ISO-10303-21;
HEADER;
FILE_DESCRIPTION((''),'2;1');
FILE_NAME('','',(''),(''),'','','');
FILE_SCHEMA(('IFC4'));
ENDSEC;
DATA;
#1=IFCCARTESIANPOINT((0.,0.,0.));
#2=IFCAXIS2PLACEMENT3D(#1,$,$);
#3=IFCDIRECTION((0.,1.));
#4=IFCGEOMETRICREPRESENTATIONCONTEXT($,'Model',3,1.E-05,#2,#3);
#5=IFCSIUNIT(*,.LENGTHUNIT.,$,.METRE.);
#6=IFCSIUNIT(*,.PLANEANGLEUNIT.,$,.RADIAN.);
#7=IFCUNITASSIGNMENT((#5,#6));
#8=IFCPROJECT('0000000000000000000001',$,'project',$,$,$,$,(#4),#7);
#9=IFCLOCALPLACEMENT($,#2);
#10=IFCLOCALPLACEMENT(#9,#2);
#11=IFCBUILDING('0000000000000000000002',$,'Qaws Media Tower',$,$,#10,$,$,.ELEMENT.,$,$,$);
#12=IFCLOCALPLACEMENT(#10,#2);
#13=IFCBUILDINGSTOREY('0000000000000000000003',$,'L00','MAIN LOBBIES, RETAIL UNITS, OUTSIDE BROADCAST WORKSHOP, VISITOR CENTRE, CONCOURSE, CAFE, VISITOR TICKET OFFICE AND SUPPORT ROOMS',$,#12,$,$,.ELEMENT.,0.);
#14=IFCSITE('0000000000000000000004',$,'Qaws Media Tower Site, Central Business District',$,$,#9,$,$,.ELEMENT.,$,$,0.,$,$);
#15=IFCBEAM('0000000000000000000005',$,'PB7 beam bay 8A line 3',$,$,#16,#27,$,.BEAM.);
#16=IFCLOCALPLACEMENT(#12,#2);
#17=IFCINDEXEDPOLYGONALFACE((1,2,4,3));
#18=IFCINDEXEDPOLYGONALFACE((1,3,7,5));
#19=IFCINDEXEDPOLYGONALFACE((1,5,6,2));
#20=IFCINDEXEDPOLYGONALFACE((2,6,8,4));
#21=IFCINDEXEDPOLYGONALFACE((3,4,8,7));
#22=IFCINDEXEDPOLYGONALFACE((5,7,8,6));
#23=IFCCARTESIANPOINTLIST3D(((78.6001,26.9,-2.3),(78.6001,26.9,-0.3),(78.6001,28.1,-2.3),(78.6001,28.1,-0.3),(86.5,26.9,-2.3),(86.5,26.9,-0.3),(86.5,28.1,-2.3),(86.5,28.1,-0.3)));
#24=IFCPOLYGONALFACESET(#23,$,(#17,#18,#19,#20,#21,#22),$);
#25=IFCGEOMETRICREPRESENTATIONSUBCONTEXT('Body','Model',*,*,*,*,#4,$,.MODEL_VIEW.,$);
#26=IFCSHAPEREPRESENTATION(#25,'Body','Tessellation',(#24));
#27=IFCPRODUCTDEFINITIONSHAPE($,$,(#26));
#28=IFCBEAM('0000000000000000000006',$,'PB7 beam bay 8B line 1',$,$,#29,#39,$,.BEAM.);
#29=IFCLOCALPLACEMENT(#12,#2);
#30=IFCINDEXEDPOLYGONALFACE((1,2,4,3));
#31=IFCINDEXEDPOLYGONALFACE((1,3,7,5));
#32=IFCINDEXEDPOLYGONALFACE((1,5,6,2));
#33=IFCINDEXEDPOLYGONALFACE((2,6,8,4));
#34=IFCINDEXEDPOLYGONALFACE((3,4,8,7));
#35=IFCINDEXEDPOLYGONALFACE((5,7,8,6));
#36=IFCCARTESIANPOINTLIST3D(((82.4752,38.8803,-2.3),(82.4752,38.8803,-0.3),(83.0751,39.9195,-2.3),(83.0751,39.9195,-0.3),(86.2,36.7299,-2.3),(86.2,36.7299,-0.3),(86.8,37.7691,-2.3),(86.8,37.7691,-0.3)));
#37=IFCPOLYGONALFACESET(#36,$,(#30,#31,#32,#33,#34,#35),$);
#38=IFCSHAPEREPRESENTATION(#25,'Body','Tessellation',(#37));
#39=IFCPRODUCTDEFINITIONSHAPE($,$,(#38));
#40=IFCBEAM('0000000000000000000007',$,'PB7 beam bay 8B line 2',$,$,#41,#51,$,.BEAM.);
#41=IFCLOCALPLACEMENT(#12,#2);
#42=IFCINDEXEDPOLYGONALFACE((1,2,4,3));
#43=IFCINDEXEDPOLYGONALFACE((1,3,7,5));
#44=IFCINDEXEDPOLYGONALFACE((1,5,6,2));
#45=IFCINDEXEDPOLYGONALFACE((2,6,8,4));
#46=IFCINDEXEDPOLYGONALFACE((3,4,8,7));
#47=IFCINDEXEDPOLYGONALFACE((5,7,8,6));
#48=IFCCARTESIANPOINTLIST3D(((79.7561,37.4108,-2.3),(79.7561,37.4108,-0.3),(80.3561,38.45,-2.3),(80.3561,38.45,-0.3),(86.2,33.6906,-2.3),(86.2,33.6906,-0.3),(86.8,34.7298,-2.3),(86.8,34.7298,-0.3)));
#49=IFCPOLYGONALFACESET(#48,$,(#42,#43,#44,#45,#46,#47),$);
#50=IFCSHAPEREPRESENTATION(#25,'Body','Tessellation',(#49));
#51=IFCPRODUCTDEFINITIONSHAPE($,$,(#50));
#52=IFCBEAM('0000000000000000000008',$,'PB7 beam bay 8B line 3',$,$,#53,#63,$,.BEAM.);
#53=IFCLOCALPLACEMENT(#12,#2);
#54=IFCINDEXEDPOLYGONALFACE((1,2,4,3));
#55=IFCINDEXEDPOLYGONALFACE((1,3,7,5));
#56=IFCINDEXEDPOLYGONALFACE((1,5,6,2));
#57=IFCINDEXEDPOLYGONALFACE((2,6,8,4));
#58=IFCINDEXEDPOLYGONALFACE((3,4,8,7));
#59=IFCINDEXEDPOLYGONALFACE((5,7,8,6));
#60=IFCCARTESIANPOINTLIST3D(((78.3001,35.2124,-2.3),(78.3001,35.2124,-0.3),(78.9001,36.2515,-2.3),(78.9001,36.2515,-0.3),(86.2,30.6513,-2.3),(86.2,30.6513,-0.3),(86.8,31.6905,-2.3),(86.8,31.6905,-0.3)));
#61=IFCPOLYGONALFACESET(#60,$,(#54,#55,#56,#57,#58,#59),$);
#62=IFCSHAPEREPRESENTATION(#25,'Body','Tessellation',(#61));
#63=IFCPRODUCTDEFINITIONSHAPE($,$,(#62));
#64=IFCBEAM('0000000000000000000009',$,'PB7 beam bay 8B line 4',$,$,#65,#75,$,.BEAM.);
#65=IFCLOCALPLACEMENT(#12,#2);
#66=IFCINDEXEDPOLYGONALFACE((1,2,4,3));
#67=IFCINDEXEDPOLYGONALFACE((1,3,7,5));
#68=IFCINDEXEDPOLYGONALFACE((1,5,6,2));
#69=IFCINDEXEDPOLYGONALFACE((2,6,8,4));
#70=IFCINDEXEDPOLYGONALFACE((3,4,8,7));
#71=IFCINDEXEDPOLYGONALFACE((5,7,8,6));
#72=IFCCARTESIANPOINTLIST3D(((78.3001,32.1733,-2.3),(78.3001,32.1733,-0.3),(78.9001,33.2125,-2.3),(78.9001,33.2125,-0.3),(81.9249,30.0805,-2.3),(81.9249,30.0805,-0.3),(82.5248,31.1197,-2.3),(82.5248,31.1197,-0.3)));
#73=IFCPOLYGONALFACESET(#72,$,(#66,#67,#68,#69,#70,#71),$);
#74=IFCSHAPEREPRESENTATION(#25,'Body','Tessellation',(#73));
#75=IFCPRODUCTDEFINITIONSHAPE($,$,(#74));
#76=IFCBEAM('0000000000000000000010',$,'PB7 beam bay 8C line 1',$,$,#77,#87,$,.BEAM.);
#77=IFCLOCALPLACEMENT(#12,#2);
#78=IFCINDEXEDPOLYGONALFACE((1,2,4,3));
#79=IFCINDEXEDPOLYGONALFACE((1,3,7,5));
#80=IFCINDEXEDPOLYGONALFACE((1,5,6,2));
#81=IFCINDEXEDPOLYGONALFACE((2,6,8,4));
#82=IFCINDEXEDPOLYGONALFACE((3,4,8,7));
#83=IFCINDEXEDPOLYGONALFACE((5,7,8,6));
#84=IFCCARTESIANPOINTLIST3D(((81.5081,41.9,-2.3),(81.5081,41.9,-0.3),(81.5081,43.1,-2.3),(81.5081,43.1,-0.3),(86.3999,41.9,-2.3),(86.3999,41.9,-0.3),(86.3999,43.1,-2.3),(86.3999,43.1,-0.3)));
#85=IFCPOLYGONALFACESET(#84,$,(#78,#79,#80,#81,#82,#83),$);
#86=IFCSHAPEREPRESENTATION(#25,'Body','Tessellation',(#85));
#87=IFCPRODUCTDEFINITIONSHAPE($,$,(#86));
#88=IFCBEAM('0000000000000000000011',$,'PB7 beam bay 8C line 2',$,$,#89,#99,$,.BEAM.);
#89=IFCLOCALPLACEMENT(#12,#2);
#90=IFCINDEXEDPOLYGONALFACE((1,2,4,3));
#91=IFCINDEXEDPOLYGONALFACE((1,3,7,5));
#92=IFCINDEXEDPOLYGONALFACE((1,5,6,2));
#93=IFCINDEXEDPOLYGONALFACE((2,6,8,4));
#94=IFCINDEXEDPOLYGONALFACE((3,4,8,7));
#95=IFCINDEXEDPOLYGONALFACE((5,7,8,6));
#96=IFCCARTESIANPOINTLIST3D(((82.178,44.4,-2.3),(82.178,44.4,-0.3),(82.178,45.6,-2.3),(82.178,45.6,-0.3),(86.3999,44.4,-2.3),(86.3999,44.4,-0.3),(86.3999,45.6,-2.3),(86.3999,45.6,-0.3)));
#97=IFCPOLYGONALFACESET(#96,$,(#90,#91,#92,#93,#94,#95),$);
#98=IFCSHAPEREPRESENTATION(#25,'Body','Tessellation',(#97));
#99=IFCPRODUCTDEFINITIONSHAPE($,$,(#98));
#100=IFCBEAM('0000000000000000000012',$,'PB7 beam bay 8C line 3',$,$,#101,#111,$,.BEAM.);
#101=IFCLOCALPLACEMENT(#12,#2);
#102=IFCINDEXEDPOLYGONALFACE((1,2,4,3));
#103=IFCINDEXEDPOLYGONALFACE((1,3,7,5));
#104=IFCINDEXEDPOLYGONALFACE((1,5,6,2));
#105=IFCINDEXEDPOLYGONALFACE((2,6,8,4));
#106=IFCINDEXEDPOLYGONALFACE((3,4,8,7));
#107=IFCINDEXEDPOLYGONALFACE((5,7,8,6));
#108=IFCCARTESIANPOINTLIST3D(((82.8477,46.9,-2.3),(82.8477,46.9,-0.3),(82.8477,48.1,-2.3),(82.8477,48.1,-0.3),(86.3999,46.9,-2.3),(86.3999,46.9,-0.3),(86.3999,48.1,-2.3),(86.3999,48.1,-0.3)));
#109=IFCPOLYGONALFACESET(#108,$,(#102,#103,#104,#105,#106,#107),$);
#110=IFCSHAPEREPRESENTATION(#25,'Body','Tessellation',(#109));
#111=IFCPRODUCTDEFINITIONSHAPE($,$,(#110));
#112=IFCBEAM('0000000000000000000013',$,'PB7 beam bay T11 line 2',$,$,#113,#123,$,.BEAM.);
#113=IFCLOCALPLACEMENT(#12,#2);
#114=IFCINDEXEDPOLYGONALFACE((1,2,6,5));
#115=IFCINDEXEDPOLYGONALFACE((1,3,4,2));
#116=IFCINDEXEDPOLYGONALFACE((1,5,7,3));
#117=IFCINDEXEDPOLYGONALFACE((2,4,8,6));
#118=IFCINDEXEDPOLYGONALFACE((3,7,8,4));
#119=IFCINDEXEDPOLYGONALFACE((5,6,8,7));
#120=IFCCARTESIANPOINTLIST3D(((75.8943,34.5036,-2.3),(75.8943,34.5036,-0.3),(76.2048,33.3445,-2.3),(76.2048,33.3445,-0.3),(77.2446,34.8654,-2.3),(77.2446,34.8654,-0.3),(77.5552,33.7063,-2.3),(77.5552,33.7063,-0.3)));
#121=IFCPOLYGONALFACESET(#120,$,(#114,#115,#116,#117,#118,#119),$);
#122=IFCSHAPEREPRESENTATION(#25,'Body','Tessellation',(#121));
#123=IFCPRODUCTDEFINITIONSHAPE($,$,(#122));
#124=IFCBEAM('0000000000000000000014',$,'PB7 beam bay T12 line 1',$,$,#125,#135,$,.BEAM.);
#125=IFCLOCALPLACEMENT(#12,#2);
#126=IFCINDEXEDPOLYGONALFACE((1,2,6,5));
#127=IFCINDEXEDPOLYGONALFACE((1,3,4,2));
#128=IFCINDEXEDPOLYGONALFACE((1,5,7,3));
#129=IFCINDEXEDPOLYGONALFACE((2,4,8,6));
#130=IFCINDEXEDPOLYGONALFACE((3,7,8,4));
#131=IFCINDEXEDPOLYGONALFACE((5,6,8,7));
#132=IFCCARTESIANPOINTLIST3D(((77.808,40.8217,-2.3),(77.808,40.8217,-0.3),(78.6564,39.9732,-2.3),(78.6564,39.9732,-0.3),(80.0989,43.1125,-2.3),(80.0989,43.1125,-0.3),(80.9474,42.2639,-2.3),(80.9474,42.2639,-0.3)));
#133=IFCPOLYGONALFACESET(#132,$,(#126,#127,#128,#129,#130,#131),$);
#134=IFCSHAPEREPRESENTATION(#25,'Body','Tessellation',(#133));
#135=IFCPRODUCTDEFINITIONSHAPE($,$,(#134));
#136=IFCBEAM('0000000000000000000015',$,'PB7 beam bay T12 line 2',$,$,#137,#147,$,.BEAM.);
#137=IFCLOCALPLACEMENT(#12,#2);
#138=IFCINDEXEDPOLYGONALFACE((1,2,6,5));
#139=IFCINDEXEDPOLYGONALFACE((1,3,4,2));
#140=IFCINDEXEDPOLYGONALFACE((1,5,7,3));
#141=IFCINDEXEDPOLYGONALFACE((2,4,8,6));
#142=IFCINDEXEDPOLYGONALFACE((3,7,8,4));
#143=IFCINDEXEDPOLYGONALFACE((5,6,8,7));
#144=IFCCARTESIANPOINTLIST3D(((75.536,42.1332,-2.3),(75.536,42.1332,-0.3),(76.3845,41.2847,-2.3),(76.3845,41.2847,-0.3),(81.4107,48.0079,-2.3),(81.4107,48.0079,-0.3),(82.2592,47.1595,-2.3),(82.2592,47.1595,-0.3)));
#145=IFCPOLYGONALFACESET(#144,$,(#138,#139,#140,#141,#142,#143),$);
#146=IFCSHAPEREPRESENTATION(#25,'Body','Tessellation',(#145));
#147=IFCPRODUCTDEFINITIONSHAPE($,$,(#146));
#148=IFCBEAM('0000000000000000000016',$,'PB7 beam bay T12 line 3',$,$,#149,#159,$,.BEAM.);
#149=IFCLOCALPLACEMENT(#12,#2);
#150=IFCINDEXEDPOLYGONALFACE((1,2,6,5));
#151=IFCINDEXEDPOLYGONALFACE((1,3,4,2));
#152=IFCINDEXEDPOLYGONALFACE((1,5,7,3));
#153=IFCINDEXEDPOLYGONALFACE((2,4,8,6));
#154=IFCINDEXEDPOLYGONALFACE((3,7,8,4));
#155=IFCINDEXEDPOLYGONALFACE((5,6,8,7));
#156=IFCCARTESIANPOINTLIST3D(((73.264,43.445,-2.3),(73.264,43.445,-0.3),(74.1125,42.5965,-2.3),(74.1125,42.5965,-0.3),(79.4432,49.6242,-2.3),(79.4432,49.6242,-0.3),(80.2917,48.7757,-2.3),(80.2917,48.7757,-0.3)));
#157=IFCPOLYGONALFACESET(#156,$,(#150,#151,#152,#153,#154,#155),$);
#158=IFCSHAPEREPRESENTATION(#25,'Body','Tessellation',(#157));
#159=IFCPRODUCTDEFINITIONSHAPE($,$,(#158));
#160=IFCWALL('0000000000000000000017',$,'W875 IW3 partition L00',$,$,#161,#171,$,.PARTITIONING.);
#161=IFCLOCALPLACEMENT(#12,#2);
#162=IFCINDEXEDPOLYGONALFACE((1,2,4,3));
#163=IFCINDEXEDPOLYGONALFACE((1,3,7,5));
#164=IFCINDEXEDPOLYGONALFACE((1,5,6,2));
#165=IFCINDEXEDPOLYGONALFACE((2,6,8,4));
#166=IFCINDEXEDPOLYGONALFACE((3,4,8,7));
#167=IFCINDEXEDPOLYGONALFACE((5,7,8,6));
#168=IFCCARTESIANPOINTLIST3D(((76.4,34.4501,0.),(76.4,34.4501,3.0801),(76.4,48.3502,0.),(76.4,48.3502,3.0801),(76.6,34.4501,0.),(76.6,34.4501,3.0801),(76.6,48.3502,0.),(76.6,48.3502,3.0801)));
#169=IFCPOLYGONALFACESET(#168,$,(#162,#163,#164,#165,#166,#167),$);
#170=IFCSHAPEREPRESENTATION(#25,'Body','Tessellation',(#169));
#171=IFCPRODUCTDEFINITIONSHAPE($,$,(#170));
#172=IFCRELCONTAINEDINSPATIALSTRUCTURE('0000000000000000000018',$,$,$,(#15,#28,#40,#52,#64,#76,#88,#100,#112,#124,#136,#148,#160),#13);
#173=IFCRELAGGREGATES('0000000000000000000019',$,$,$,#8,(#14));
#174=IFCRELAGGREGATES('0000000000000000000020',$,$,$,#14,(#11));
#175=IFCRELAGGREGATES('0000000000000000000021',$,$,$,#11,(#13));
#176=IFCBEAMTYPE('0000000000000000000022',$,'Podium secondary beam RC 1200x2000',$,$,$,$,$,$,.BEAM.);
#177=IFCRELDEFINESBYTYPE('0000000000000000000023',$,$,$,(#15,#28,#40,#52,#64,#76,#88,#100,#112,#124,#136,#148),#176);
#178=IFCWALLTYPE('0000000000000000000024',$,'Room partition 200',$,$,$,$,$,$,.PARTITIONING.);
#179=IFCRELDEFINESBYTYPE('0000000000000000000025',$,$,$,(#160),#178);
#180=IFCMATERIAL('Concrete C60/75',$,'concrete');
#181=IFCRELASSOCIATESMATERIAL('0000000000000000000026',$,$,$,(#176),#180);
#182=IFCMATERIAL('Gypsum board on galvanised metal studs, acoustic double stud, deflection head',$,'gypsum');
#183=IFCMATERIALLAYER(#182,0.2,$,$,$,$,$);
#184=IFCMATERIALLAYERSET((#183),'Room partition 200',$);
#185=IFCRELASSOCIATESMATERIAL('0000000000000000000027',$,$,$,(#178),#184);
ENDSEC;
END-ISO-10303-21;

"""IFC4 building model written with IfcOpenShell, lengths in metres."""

from ifc_helpers import new_model, si_unit, direction, frame, frame_2d, origin, origin_2d, place, context, subcontext, project, spatial, rectangle, extrude, material, layer, layer_set, material_profile, profile_set, type_object, element, save


model = new_model("IFC4")

# Units and contexts
model_context = context("Model", 3, precision=1e-05, world=origin(), true_north=direction((0.0, 1.0)))
body_context = subcontext(model_context, "Body", "Model", "MODEL_VIEW")
ifc_project = project(units=[si_unit("LENGTHUNIT", "METRE"), si_unit("PLANEANGLEUNIT", "RADIAN")], contexts=[model_context])

# Site, building, storey
site_placement = place(None, origin())
site = spatial("IfcSite", under=ifc_project, at=site_placement, Name="Qaws Media Tower Site, Central Business District", CompositionType="ELEMENT", RefElevation=0.0)
building_placement = place(site_placement, origin())
building = spatial("IfcBuilding", under=site, at=building_placement, Name="Qaws Media Tower", CompositionType="ELEMENT")
storey_placement = place(building_placement, origin())
storey = spatial("IfcBuildingStorey", under=building, at=storey_placement, Name="L00", Description="MAIN LOBBIES, RETAIL UNITS, OUTSIDE BROADCAST WORKSHOP, VISITOR CENTRE, CONCOURSE, CAFE, VISITOR TICKET OFFICE AND SUPPORT ROOMS", CompositionType="ELEMENT", Elevation=0.0)

# Beams
ifc_material_1 = material(Name="Concrete C60/75", Category="concrete")
ifc_material_profile_1 = material_profile(ifc_material_1, rectangle(XDim=1.2, YDim=2.0, at=origin_2d()), Name="RC 1200x2000")
ifc_profile_set_1 = profile_set([ifc_material_profile_1], Name="Concrete C60/75")
beam_type_1 = type_object("IfcBeamType", Name="Podium secondary beam RC 1200x2000", PredefinedType="BEAM", material=ifc_profile_set_1)
for number, where, z_axis, x_axis, name in (
    (1, (78.6001, 27.5, -1.3), (1.0, 0.0, 0.0), (0.0, 1.0, 0.0), "PB7 beam bay 8A line 3"),
):
    element("IfcBeam", number, at=place(storey_placement, frame(where, z_axis=z_axis, x_axis=x_axis)), inside=storey, type_object=beam_type_1, Name=name, PredefinedType="BEAM", context=body_context, shape_type="SweptSolid", body=[
        extrude(rectangle(XDim=1.2, YDim=2.0, at=origin_2d()), origin(), (0.0, 0.0, 1.0), 7.8999),
    ])
beam_1_placement = place(storey_placement, frame((86.5, 37.2495, -1.3), z_axis=(-0.866041, 0.499973, 0.0), x_axis=(-0.499973, -0.866041, 0.0)))
element("IfcBeam", 2, at=beam_1_placement, inside=storey, type_object=beam_type_1, Name="PB7 beam bay 8B line 1", PredefinedType="BEAM", context=body_context, shape_type="SweptSolid", body=[
    extrude(rectangle(XDim=1.2, YDim=2.0, at=origin_2d()), origin(), (0.0, 0.0, 1.0), 4.301),
])
beam_2_placement = place(storey_placement, frame((86.5, 34.2102, -1.3), z_axis=(-0.866034, 0.499986, 0.0), x_axis=(-0.499986, -0.866034, 0.0)))
element("IfcBeam", 3, at=beam_2_placement, inside=storey, type_object=beam_type_1, Name="PB7 beam bay 8B line 2", PredefinedType="BEAM", context=body_context, shape_type="SweptSolid", body=[
    extrude(rectangle(XDim=1.2, YDim=2.0, at=origin_2d()), origin(), (0.0, 0.0, 1.0), 7.4407),
])
beam_3_placement = place(storey_placement, frame((86.5, 31.1709, -1.3), z_axis=(-0.866024, 0.500002, 0.0), x_axis=(-0.500002, -0.866024, 0.0)))
element("IfcBeam", 4, at=beam_3_placement, inside=storey, type_object=beam_type_1, Name="PB7 beam bay 8B line 3", PredefinedType="BEAM", context=body_context, shape_type="SweptSolid", body=[
    extrude(rectangle(XDim=1.2, YDim=2.0, at=origin_2d()), origin(), (0.0, 0.0, 1.0), 9.1221),
])
beam_4_placement = place(storey_placement, frame((82.2249, 30.6001, -1.3), z_axis=(-0.866023, 0.500004, 0.0), x_axis=(-0.500004, -0.866023, 0.0)))
element("IfcBeam", 5, at=beam_4_placement, inside=storey, type_object=beam_type_1, Name="PB7 beam bay 8B line 4", PredefinedType="BEAM", context=body_context, shape_type="SweptSolid", body=[
    extrude(rectangle(XDim=1.2, YDim=2.0, at=origin_2d()), origin(), (0.0, 0.0, 1.0), 4.1855),
])
beam_5_placement = place(storey_placement, frame((81.5081, 42.5, -1.3), z_axis=(1.0, 0.0, 0.0), x_axis=(0.0, 1.0, 0.0)))
element("IfcBeam", 6, at=beam_5_placement, inside=storey, type_object=beam_type_1, Name="PB7 beam bay 8C line 1", PredefinedType="BEAM", context=body_context, shape_type="SweptSolid", body=[
    extrude(rectangle(XDim=1.2, YDim=2.0, at=origin_2d()), origin(), (0.0, 0.0, 1.0), 4.8918),
])
beam_6_placement = place(storey_placement, frame((82.178, 45.0, -1.3), z_axis=(1.0, 0.0, 0.0), x_axis=(0.0, 1.0, 0.0)))
element("IfcBeam", 7, at=beam_6_placement, inside=storey, type_object=beam_type_1, Name="PB7 beam bay 8C line 2", PredefinedType="BEAM", context=body_context, shape_type="SweptSolid", body=[
    extrude(rectangle(XDim=1.2, YDim=2.0, at=origin_2d()), origin(), (0.0, 0.0, 1.0), 4.2219),
])
beam_7_placement = place(storey_placement, frame((82.8477, 47.5, -1.3), z_axis=(1.0, 0.0, 0.0), x_axis=(0.0, 1.0, 0.0)))
element("IfcBeam", 8, at=beam_7_placement, inside=storey, type_object=beam_type_1, Name="PB7 beam bay 8C line 3", PredefinedType="BEAM", context=body_context, shape_type="SweptSolid", body=[
    extrude(rectangle(XDim=1.2, YDim=2.0, at=origin_2d()), origin(), (0.0, 0.0, 1.0), 3.5522),
])
beam_8_placement = place(storey_placement, frame((76.0496, 33.9241, -1.3), z_axis=(0.965927, 0.258815, 0.0), x_axis=(-0.258815, 0.965927, 0.0)))
element("IfcBeam", 9, at=beam_8_placement, inside=storey, type_object=beam_type_1, Name="PB7 beam bay T11 line 2", PredefinedType="BEAM", context=body_context, shape_type="SweptSolid", body=[
    extrude(rectangle(XDim=1.2, YDim=2.0, at=origin_2d()), origin(), (0.0, 0.0, 1.0), 1.3979),
])
beam_9_placement = place(storey_placement, frame((78.2322, 40.3975, -1.3), z_axis=(0.707144, 0.707069, 0.0), x_axis=(-0.707069, 0.707144, 0.0)))
element("IfcBeam", 10, at=beam_9_placement, inside=storey, type_object=beam_type_1, Name="PB7 beam bay T12 line 1", PredefinedType="BEAM", context=body_context, shape_type="SweptSolid", body=[
    extrude(rectangle(XDim=1.2, YDim=2.0, at=origin_2d()), origin(), (0.0, 0.0, 1.0), 3.2397),
])
beam_10_placement = place(storey_placement, frame((75.9602, 41.709, -1.3), z_axis=(0.707107, 0.707107, 0.0), x_axis=(-0.707107, 0.707107, 0.0)))
element("IfcBeam", 11, at=beam_10_placement, inside=storey, type_object=beam_type_1, Name="PB7 beam bay T12 line 2", PredefinedType="BEAM", context=body_context, shape_type="SweptSolid", body=[
    extrude(rectangle(XDim=1.2, YDim=2.0, at=origin_2d()), origin(), (0.0, 0.0, 1.0), 8.3081),
])
beam_11_placement = place(storey_placement, frame((73.6882, 43.0208, -1.3), z_axis=(0.707107, 0.707107, 0.0), x_axis=(-0.707107, 0.707107, 0.0)))
element("IfcBeam", 12, at=beam_11_placement, inside=storey, type_object=beam_type_1, Name="PB7 beam bay T12 line 3", PredefinedType="BEAM", context=body_context, shape_type="SweptSolid", body=[
    extrude(rectangle(XDim=1.2, YDim=2.0, at=origin_2d()), origin(), (0.0, 0.0, 1.0), 8.7388),
])

# Wall
ifc_material_2 = material(Name="Gypsum board on galvanised metal studs, acoustic double stud, deflection head", Category="gypsum")
ifc_layer = layer(ifc_material_2, 0.2)
ifc_layer_set = layer_set([ifc_layer], Name="Room partition 200")
wall_type = type_object("IfcWallType", Name="Room partition 200", PredefinedType="PARTITIONING", material=ifc_layer_set)
wall_1_placement = place(storey_placement, frame((76.5, 34.45, 0.0), z_axis=(0.0, 0.0, 1.0), x_axis=(0.0, 1.0, 0.0)))
element("IfcWall", 13, at=wall_1_placement, inside=storey, type_object=wall_type, Name="W875 IW3 partition L00", PredefinedType="PARTITIONING", context=body_context, shape_type="SweptSolid", body=[
    extrude(rectangle(XDim=13.9001, YDim=0.2, at=frame_2d((6.9502, 0.0))), origin(), (0.0, 0.0, 1.0), 3.0801),
])

save(model, "model.ifc")
